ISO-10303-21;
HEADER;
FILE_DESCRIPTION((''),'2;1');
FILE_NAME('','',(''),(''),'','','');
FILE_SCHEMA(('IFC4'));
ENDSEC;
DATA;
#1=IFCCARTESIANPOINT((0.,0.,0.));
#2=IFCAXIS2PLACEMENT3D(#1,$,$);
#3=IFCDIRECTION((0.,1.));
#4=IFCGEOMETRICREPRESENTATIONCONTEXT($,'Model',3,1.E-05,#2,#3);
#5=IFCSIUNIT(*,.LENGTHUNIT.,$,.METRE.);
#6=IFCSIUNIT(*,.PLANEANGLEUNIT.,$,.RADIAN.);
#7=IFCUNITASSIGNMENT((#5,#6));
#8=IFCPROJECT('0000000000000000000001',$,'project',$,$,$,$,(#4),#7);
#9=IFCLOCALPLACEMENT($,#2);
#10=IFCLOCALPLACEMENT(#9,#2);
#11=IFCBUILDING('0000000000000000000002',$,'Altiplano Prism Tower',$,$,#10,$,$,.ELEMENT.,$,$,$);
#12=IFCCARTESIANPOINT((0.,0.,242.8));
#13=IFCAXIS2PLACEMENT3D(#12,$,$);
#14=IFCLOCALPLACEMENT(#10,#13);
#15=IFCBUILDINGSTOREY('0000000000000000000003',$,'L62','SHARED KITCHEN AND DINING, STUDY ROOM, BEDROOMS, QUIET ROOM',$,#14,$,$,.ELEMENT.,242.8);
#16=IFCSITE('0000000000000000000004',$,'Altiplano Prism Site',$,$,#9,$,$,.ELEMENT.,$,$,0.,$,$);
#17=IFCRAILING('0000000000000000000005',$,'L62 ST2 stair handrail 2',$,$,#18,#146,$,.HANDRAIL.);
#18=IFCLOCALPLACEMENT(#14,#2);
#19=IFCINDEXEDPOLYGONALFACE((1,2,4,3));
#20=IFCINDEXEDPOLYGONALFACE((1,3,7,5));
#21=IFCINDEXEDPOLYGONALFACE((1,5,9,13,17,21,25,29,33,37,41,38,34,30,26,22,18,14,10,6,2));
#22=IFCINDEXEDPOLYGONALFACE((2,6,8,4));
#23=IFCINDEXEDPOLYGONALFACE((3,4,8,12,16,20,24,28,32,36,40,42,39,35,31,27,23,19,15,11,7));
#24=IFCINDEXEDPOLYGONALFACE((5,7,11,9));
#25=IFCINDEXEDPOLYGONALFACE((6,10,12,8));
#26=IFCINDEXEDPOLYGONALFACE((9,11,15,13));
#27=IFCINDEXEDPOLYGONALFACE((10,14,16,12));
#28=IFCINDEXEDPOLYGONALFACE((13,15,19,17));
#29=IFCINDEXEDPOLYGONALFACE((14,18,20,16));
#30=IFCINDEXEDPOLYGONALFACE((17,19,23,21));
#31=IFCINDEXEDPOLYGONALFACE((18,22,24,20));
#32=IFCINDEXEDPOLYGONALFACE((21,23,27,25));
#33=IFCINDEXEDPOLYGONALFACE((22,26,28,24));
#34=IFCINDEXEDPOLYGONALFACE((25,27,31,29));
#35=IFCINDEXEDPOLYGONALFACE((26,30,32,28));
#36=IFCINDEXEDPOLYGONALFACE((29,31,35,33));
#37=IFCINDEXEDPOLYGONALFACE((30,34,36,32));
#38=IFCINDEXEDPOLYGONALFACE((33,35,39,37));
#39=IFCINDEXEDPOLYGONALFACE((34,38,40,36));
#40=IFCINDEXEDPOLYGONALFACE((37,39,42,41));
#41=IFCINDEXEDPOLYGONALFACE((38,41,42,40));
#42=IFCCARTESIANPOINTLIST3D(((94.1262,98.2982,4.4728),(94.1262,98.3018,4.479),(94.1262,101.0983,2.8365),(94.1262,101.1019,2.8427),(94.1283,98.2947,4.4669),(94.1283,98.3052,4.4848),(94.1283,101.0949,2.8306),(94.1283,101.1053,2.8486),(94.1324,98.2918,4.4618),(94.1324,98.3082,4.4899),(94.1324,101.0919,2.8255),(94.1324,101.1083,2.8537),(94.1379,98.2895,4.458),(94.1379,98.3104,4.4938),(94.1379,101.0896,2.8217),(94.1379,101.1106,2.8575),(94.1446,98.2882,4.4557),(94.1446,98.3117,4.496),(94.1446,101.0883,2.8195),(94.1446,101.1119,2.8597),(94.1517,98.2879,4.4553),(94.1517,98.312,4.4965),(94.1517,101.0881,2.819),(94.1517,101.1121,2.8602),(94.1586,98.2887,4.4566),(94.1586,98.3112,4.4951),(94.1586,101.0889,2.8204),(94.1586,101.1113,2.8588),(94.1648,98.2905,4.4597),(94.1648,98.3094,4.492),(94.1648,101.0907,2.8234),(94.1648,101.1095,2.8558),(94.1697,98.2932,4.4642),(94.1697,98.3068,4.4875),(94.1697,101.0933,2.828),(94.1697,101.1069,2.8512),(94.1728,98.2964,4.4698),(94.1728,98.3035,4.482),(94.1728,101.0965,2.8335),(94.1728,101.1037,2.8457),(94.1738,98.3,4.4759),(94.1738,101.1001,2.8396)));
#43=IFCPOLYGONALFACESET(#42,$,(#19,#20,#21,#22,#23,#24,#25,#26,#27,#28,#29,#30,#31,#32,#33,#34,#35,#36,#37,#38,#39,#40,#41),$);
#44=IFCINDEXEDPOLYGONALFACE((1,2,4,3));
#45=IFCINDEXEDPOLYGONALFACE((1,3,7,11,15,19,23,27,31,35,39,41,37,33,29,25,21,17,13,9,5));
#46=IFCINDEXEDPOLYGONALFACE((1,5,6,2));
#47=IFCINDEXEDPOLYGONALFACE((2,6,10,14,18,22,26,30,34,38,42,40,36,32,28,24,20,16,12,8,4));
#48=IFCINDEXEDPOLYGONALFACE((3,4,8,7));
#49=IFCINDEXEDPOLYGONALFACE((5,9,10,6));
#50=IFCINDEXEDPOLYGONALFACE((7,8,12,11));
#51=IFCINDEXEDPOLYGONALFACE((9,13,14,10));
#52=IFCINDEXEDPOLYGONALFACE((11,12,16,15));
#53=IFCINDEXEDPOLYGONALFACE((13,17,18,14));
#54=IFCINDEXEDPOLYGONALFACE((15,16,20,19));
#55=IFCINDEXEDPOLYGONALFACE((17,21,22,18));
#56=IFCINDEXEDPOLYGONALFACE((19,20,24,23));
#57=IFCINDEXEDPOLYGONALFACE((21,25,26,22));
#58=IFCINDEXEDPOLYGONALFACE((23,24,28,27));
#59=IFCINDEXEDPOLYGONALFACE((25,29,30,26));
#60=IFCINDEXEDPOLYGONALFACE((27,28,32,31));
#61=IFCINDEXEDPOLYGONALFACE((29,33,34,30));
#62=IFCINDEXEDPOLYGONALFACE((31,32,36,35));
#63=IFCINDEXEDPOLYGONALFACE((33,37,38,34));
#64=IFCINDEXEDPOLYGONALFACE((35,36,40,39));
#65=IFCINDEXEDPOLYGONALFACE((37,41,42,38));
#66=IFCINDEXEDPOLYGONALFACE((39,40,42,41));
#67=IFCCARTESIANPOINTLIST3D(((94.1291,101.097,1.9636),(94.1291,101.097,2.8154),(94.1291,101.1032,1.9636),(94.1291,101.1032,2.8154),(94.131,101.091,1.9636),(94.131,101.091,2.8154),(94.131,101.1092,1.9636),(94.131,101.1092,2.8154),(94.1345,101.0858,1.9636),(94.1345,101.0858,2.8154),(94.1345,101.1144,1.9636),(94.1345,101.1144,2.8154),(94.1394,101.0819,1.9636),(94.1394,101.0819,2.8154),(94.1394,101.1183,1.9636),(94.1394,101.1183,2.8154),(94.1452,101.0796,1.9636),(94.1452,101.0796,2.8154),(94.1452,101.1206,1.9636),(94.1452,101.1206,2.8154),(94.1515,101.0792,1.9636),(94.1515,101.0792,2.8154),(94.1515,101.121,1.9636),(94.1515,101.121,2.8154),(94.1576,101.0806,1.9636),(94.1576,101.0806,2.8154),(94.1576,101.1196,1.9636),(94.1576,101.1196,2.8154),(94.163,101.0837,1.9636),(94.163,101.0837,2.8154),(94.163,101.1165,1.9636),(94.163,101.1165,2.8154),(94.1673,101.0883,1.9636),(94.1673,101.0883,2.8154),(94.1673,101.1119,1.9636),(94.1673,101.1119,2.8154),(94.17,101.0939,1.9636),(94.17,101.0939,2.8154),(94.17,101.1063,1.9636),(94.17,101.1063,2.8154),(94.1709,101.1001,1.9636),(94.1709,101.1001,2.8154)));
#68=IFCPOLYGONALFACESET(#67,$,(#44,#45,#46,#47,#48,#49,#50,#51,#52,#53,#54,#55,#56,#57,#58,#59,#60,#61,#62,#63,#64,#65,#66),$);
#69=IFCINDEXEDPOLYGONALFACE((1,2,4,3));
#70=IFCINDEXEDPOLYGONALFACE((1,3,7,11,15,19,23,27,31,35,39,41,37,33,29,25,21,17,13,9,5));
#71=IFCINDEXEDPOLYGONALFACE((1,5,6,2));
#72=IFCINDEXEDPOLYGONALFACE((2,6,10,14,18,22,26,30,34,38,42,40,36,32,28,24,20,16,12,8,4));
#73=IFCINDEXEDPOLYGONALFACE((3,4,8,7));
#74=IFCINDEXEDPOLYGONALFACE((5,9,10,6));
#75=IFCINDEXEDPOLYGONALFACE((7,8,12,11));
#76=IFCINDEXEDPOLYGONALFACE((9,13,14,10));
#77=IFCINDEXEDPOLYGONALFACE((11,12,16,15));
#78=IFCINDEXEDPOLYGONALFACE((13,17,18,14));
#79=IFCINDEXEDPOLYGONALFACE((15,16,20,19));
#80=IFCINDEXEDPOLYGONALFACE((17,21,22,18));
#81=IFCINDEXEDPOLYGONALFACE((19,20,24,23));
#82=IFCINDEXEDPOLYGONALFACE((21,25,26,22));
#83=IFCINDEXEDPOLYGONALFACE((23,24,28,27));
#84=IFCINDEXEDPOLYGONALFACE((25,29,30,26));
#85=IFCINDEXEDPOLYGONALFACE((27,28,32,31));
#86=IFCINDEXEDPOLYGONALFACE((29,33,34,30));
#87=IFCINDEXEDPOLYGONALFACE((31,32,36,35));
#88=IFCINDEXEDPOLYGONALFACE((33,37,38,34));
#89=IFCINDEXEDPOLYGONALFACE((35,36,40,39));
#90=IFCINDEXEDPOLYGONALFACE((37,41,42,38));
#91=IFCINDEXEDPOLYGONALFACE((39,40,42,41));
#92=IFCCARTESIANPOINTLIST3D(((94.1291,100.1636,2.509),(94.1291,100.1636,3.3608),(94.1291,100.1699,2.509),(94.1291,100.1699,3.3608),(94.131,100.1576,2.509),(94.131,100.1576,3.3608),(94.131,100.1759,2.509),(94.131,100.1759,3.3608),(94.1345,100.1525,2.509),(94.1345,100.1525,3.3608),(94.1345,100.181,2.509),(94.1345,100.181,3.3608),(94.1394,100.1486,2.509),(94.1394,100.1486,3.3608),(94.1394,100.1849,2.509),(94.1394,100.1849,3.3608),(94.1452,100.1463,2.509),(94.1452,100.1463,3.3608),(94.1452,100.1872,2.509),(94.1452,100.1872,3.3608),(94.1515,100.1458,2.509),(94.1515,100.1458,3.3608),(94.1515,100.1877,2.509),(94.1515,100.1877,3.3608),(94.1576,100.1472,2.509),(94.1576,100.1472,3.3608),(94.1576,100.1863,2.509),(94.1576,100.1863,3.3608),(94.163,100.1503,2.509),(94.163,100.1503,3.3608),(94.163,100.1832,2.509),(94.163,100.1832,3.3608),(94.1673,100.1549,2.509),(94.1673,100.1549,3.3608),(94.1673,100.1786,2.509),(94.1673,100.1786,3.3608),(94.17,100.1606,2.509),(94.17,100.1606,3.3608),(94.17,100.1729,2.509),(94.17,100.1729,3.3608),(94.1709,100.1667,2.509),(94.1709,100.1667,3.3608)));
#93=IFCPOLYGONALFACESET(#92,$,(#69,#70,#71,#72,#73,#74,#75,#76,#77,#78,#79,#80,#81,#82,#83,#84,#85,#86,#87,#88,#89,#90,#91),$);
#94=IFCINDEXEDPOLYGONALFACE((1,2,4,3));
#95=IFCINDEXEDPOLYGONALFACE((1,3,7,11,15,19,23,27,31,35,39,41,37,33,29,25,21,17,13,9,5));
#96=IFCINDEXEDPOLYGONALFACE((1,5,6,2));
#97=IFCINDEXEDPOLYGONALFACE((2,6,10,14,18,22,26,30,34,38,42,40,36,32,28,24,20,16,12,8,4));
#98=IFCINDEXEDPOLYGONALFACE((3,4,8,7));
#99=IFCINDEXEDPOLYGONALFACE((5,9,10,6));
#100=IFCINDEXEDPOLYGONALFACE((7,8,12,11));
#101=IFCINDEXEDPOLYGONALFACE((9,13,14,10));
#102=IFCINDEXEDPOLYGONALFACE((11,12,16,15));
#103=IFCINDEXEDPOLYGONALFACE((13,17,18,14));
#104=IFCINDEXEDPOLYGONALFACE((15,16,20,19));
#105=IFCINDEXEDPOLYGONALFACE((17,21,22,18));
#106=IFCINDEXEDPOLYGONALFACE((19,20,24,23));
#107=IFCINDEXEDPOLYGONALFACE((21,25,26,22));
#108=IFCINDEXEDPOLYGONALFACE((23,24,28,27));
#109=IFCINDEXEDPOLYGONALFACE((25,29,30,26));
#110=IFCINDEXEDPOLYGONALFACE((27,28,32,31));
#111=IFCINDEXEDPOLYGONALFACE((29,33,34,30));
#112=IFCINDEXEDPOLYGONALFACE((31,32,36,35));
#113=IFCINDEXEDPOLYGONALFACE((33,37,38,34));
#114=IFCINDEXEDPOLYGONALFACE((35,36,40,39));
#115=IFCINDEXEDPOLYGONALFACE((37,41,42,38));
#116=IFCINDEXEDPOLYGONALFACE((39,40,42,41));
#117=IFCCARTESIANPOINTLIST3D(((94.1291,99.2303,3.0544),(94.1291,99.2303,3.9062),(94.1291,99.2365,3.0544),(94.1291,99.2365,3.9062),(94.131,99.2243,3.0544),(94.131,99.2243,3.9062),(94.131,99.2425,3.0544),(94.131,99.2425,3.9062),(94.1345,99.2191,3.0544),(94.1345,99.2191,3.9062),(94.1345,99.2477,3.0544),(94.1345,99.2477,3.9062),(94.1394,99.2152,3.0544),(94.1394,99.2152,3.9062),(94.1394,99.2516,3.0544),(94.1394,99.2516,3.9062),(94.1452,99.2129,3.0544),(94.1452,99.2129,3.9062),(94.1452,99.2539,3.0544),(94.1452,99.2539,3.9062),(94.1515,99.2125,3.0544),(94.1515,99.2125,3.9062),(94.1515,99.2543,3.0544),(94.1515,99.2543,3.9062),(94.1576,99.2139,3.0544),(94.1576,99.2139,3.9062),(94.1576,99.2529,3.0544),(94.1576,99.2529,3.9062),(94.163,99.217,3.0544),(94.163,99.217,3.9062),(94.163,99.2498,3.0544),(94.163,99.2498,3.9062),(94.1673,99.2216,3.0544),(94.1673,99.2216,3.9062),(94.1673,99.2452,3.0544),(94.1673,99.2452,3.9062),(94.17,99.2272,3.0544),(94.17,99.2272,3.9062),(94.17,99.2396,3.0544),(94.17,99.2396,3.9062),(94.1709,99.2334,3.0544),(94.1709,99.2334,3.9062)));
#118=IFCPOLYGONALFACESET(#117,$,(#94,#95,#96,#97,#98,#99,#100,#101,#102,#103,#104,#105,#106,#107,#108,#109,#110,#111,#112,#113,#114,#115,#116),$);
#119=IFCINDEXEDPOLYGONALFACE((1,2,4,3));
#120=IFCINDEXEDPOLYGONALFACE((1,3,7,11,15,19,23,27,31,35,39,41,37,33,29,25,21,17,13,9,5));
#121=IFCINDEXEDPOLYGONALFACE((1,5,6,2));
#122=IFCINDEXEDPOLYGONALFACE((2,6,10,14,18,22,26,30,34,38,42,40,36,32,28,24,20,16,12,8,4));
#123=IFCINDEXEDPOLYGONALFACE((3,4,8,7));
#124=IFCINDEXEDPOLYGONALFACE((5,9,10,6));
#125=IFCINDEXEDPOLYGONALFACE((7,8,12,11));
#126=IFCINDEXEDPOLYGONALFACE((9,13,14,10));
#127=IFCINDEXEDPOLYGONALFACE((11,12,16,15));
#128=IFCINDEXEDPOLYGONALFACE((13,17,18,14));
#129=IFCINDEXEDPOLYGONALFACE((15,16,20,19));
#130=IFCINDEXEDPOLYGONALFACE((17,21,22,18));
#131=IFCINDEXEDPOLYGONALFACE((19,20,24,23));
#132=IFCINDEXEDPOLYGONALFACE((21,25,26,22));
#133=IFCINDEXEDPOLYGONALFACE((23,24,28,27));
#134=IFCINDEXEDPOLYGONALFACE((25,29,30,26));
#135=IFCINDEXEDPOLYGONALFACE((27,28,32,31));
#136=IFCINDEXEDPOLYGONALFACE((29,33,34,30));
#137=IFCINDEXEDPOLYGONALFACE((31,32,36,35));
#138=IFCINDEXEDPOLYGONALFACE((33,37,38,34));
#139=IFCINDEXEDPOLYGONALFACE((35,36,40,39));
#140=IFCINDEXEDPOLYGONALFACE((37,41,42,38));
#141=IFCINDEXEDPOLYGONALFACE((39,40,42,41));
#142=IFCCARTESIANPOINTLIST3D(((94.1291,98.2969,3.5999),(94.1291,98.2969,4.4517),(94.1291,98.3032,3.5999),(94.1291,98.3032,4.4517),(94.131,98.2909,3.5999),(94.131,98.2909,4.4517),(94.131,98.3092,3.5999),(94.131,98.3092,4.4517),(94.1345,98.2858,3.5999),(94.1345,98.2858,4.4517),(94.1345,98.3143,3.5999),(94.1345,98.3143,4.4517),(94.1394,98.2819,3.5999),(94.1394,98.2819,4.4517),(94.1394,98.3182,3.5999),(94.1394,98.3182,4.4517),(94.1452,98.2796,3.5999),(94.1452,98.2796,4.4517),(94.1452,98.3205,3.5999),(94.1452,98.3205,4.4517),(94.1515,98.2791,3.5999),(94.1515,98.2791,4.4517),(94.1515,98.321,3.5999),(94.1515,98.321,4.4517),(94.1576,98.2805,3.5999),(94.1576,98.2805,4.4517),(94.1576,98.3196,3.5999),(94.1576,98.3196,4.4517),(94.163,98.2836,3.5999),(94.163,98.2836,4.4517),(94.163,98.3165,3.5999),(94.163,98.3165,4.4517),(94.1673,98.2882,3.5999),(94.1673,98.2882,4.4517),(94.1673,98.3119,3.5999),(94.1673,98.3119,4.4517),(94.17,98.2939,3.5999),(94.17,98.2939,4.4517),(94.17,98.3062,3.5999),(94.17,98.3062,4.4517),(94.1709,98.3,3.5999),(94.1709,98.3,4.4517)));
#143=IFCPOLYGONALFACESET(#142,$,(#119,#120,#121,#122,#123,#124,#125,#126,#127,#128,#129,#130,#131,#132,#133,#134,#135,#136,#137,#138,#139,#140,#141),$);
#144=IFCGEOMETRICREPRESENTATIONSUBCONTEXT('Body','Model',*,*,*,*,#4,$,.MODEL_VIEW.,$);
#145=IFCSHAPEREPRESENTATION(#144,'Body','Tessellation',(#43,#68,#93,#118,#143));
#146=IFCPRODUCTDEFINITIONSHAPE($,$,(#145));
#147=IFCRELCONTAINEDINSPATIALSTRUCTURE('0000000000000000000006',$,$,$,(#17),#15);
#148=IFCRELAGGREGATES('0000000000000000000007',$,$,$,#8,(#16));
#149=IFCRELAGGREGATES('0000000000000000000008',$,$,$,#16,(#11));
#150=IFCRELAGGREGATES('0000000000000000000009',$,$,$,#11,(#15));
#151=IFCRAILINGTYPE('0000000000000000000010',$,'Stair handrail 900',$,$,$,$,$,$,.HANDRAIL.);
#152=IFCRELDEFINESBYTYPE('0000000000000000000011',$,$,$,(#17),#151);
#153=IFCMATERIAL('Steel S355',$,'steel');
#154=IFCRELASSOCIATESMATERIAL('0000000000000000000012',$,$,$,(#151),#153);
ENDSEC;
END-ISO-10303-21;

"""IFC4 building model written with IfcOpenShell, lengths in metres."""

from ifc_helpers import new_model, si_unit, direction, frame, origin, origin_2d, place, context, subcontext, project, spatial, circle, extrude, material, type_object, element, save


model = new_model("IFC4")

# Units and contexts
model_context = context("Model", 3, precision=1e-05, world=origin(), true_north=direction((0.0, 1.0)))
body_context = subcontext(model_context, "Body", "Model", "MODEL_VIEW")
ifc_project = project(units=[si_unit("LENGTHUNIT", "METRE"), si_unit("PLANEANGLEUNIT", "RADIAN")], contexts=[model_context])

# Site, building, storey
site_placement = place(None, origin())
site = spatial("IfcSite", under=ifc_project, at=site_placement, Name="Altiplano Prism Site", CompositionType="ELEMENT", RefElevation=0.0)
building_placement = place(site_placement, origin())
building = spatial("IfcBuilding", under=site, at=building_placement, Name="Altiplano Prism Tower", CompositionType="ELEMENT")
storey_placement = place(building_placement, frame((0.0, 0.0, 242.8)))
storey = spatial("IfcBuildingStorey", under=building, at=storey_placement, Name="L62", Description="SHARED KITCHEN AND DINING, STUDY ROOM, BEDROOMS, QUIET ROOM", CompositionType="ELEMENT", Elevation=242.8)

# Railing
ifc_material_1 = material(Name="Steel S355", Category="steel")
railing_type_1 = type_object("IfcRailingType", Name="Stair handrail 900", PredefinedType="HANDRAIL", material=ifc_material_1)
railing_1_placement = place(storey_placement, frame((94.1499, 101.1001, 1.9636)))
element("IfcRailing", 1, at=railing_1_placement, inside=storey, type_object=railing_type_1, Name="L62 ST2 stair handrail 2", PredefinedType="HANDRAIL", context=body_context, shape_type="SweptSolid", body=[
    extrude(circle(Radius=0.0239, at=origin_2d()), frame((0.0, 0.0, 0.876), z_axis=(0.0, -0.863394, 0.504531), x_axis=(1.0, 0.0, 0.0)), (0.0, 0.0, 1.0), 3.2432),
    extrude(circle(Radius=0.021, at=origin_2d()), origin(), (0.0, 0.0, 1.0), 0.8518),
    extrude(circle(Radius=0.021, at=origin_2d()), frame((0.0, -0.9333, 0.5454)), (0.0, 0.0, 1.0), 0.8518),
    extrude(circle(Radius=0.021, at=origin_2d()), frame((0.0, -1.8667, 1.0908)), (0.0, 0.0, 1.0), 0.8518),
    extrude(circle(Radius=0.021, at=origin_2d()), frame((0.0, -2.8, 1.6362)), (0.0, 0.0, 1.0), 0.8518),
])

save(model, "model.ifc")
